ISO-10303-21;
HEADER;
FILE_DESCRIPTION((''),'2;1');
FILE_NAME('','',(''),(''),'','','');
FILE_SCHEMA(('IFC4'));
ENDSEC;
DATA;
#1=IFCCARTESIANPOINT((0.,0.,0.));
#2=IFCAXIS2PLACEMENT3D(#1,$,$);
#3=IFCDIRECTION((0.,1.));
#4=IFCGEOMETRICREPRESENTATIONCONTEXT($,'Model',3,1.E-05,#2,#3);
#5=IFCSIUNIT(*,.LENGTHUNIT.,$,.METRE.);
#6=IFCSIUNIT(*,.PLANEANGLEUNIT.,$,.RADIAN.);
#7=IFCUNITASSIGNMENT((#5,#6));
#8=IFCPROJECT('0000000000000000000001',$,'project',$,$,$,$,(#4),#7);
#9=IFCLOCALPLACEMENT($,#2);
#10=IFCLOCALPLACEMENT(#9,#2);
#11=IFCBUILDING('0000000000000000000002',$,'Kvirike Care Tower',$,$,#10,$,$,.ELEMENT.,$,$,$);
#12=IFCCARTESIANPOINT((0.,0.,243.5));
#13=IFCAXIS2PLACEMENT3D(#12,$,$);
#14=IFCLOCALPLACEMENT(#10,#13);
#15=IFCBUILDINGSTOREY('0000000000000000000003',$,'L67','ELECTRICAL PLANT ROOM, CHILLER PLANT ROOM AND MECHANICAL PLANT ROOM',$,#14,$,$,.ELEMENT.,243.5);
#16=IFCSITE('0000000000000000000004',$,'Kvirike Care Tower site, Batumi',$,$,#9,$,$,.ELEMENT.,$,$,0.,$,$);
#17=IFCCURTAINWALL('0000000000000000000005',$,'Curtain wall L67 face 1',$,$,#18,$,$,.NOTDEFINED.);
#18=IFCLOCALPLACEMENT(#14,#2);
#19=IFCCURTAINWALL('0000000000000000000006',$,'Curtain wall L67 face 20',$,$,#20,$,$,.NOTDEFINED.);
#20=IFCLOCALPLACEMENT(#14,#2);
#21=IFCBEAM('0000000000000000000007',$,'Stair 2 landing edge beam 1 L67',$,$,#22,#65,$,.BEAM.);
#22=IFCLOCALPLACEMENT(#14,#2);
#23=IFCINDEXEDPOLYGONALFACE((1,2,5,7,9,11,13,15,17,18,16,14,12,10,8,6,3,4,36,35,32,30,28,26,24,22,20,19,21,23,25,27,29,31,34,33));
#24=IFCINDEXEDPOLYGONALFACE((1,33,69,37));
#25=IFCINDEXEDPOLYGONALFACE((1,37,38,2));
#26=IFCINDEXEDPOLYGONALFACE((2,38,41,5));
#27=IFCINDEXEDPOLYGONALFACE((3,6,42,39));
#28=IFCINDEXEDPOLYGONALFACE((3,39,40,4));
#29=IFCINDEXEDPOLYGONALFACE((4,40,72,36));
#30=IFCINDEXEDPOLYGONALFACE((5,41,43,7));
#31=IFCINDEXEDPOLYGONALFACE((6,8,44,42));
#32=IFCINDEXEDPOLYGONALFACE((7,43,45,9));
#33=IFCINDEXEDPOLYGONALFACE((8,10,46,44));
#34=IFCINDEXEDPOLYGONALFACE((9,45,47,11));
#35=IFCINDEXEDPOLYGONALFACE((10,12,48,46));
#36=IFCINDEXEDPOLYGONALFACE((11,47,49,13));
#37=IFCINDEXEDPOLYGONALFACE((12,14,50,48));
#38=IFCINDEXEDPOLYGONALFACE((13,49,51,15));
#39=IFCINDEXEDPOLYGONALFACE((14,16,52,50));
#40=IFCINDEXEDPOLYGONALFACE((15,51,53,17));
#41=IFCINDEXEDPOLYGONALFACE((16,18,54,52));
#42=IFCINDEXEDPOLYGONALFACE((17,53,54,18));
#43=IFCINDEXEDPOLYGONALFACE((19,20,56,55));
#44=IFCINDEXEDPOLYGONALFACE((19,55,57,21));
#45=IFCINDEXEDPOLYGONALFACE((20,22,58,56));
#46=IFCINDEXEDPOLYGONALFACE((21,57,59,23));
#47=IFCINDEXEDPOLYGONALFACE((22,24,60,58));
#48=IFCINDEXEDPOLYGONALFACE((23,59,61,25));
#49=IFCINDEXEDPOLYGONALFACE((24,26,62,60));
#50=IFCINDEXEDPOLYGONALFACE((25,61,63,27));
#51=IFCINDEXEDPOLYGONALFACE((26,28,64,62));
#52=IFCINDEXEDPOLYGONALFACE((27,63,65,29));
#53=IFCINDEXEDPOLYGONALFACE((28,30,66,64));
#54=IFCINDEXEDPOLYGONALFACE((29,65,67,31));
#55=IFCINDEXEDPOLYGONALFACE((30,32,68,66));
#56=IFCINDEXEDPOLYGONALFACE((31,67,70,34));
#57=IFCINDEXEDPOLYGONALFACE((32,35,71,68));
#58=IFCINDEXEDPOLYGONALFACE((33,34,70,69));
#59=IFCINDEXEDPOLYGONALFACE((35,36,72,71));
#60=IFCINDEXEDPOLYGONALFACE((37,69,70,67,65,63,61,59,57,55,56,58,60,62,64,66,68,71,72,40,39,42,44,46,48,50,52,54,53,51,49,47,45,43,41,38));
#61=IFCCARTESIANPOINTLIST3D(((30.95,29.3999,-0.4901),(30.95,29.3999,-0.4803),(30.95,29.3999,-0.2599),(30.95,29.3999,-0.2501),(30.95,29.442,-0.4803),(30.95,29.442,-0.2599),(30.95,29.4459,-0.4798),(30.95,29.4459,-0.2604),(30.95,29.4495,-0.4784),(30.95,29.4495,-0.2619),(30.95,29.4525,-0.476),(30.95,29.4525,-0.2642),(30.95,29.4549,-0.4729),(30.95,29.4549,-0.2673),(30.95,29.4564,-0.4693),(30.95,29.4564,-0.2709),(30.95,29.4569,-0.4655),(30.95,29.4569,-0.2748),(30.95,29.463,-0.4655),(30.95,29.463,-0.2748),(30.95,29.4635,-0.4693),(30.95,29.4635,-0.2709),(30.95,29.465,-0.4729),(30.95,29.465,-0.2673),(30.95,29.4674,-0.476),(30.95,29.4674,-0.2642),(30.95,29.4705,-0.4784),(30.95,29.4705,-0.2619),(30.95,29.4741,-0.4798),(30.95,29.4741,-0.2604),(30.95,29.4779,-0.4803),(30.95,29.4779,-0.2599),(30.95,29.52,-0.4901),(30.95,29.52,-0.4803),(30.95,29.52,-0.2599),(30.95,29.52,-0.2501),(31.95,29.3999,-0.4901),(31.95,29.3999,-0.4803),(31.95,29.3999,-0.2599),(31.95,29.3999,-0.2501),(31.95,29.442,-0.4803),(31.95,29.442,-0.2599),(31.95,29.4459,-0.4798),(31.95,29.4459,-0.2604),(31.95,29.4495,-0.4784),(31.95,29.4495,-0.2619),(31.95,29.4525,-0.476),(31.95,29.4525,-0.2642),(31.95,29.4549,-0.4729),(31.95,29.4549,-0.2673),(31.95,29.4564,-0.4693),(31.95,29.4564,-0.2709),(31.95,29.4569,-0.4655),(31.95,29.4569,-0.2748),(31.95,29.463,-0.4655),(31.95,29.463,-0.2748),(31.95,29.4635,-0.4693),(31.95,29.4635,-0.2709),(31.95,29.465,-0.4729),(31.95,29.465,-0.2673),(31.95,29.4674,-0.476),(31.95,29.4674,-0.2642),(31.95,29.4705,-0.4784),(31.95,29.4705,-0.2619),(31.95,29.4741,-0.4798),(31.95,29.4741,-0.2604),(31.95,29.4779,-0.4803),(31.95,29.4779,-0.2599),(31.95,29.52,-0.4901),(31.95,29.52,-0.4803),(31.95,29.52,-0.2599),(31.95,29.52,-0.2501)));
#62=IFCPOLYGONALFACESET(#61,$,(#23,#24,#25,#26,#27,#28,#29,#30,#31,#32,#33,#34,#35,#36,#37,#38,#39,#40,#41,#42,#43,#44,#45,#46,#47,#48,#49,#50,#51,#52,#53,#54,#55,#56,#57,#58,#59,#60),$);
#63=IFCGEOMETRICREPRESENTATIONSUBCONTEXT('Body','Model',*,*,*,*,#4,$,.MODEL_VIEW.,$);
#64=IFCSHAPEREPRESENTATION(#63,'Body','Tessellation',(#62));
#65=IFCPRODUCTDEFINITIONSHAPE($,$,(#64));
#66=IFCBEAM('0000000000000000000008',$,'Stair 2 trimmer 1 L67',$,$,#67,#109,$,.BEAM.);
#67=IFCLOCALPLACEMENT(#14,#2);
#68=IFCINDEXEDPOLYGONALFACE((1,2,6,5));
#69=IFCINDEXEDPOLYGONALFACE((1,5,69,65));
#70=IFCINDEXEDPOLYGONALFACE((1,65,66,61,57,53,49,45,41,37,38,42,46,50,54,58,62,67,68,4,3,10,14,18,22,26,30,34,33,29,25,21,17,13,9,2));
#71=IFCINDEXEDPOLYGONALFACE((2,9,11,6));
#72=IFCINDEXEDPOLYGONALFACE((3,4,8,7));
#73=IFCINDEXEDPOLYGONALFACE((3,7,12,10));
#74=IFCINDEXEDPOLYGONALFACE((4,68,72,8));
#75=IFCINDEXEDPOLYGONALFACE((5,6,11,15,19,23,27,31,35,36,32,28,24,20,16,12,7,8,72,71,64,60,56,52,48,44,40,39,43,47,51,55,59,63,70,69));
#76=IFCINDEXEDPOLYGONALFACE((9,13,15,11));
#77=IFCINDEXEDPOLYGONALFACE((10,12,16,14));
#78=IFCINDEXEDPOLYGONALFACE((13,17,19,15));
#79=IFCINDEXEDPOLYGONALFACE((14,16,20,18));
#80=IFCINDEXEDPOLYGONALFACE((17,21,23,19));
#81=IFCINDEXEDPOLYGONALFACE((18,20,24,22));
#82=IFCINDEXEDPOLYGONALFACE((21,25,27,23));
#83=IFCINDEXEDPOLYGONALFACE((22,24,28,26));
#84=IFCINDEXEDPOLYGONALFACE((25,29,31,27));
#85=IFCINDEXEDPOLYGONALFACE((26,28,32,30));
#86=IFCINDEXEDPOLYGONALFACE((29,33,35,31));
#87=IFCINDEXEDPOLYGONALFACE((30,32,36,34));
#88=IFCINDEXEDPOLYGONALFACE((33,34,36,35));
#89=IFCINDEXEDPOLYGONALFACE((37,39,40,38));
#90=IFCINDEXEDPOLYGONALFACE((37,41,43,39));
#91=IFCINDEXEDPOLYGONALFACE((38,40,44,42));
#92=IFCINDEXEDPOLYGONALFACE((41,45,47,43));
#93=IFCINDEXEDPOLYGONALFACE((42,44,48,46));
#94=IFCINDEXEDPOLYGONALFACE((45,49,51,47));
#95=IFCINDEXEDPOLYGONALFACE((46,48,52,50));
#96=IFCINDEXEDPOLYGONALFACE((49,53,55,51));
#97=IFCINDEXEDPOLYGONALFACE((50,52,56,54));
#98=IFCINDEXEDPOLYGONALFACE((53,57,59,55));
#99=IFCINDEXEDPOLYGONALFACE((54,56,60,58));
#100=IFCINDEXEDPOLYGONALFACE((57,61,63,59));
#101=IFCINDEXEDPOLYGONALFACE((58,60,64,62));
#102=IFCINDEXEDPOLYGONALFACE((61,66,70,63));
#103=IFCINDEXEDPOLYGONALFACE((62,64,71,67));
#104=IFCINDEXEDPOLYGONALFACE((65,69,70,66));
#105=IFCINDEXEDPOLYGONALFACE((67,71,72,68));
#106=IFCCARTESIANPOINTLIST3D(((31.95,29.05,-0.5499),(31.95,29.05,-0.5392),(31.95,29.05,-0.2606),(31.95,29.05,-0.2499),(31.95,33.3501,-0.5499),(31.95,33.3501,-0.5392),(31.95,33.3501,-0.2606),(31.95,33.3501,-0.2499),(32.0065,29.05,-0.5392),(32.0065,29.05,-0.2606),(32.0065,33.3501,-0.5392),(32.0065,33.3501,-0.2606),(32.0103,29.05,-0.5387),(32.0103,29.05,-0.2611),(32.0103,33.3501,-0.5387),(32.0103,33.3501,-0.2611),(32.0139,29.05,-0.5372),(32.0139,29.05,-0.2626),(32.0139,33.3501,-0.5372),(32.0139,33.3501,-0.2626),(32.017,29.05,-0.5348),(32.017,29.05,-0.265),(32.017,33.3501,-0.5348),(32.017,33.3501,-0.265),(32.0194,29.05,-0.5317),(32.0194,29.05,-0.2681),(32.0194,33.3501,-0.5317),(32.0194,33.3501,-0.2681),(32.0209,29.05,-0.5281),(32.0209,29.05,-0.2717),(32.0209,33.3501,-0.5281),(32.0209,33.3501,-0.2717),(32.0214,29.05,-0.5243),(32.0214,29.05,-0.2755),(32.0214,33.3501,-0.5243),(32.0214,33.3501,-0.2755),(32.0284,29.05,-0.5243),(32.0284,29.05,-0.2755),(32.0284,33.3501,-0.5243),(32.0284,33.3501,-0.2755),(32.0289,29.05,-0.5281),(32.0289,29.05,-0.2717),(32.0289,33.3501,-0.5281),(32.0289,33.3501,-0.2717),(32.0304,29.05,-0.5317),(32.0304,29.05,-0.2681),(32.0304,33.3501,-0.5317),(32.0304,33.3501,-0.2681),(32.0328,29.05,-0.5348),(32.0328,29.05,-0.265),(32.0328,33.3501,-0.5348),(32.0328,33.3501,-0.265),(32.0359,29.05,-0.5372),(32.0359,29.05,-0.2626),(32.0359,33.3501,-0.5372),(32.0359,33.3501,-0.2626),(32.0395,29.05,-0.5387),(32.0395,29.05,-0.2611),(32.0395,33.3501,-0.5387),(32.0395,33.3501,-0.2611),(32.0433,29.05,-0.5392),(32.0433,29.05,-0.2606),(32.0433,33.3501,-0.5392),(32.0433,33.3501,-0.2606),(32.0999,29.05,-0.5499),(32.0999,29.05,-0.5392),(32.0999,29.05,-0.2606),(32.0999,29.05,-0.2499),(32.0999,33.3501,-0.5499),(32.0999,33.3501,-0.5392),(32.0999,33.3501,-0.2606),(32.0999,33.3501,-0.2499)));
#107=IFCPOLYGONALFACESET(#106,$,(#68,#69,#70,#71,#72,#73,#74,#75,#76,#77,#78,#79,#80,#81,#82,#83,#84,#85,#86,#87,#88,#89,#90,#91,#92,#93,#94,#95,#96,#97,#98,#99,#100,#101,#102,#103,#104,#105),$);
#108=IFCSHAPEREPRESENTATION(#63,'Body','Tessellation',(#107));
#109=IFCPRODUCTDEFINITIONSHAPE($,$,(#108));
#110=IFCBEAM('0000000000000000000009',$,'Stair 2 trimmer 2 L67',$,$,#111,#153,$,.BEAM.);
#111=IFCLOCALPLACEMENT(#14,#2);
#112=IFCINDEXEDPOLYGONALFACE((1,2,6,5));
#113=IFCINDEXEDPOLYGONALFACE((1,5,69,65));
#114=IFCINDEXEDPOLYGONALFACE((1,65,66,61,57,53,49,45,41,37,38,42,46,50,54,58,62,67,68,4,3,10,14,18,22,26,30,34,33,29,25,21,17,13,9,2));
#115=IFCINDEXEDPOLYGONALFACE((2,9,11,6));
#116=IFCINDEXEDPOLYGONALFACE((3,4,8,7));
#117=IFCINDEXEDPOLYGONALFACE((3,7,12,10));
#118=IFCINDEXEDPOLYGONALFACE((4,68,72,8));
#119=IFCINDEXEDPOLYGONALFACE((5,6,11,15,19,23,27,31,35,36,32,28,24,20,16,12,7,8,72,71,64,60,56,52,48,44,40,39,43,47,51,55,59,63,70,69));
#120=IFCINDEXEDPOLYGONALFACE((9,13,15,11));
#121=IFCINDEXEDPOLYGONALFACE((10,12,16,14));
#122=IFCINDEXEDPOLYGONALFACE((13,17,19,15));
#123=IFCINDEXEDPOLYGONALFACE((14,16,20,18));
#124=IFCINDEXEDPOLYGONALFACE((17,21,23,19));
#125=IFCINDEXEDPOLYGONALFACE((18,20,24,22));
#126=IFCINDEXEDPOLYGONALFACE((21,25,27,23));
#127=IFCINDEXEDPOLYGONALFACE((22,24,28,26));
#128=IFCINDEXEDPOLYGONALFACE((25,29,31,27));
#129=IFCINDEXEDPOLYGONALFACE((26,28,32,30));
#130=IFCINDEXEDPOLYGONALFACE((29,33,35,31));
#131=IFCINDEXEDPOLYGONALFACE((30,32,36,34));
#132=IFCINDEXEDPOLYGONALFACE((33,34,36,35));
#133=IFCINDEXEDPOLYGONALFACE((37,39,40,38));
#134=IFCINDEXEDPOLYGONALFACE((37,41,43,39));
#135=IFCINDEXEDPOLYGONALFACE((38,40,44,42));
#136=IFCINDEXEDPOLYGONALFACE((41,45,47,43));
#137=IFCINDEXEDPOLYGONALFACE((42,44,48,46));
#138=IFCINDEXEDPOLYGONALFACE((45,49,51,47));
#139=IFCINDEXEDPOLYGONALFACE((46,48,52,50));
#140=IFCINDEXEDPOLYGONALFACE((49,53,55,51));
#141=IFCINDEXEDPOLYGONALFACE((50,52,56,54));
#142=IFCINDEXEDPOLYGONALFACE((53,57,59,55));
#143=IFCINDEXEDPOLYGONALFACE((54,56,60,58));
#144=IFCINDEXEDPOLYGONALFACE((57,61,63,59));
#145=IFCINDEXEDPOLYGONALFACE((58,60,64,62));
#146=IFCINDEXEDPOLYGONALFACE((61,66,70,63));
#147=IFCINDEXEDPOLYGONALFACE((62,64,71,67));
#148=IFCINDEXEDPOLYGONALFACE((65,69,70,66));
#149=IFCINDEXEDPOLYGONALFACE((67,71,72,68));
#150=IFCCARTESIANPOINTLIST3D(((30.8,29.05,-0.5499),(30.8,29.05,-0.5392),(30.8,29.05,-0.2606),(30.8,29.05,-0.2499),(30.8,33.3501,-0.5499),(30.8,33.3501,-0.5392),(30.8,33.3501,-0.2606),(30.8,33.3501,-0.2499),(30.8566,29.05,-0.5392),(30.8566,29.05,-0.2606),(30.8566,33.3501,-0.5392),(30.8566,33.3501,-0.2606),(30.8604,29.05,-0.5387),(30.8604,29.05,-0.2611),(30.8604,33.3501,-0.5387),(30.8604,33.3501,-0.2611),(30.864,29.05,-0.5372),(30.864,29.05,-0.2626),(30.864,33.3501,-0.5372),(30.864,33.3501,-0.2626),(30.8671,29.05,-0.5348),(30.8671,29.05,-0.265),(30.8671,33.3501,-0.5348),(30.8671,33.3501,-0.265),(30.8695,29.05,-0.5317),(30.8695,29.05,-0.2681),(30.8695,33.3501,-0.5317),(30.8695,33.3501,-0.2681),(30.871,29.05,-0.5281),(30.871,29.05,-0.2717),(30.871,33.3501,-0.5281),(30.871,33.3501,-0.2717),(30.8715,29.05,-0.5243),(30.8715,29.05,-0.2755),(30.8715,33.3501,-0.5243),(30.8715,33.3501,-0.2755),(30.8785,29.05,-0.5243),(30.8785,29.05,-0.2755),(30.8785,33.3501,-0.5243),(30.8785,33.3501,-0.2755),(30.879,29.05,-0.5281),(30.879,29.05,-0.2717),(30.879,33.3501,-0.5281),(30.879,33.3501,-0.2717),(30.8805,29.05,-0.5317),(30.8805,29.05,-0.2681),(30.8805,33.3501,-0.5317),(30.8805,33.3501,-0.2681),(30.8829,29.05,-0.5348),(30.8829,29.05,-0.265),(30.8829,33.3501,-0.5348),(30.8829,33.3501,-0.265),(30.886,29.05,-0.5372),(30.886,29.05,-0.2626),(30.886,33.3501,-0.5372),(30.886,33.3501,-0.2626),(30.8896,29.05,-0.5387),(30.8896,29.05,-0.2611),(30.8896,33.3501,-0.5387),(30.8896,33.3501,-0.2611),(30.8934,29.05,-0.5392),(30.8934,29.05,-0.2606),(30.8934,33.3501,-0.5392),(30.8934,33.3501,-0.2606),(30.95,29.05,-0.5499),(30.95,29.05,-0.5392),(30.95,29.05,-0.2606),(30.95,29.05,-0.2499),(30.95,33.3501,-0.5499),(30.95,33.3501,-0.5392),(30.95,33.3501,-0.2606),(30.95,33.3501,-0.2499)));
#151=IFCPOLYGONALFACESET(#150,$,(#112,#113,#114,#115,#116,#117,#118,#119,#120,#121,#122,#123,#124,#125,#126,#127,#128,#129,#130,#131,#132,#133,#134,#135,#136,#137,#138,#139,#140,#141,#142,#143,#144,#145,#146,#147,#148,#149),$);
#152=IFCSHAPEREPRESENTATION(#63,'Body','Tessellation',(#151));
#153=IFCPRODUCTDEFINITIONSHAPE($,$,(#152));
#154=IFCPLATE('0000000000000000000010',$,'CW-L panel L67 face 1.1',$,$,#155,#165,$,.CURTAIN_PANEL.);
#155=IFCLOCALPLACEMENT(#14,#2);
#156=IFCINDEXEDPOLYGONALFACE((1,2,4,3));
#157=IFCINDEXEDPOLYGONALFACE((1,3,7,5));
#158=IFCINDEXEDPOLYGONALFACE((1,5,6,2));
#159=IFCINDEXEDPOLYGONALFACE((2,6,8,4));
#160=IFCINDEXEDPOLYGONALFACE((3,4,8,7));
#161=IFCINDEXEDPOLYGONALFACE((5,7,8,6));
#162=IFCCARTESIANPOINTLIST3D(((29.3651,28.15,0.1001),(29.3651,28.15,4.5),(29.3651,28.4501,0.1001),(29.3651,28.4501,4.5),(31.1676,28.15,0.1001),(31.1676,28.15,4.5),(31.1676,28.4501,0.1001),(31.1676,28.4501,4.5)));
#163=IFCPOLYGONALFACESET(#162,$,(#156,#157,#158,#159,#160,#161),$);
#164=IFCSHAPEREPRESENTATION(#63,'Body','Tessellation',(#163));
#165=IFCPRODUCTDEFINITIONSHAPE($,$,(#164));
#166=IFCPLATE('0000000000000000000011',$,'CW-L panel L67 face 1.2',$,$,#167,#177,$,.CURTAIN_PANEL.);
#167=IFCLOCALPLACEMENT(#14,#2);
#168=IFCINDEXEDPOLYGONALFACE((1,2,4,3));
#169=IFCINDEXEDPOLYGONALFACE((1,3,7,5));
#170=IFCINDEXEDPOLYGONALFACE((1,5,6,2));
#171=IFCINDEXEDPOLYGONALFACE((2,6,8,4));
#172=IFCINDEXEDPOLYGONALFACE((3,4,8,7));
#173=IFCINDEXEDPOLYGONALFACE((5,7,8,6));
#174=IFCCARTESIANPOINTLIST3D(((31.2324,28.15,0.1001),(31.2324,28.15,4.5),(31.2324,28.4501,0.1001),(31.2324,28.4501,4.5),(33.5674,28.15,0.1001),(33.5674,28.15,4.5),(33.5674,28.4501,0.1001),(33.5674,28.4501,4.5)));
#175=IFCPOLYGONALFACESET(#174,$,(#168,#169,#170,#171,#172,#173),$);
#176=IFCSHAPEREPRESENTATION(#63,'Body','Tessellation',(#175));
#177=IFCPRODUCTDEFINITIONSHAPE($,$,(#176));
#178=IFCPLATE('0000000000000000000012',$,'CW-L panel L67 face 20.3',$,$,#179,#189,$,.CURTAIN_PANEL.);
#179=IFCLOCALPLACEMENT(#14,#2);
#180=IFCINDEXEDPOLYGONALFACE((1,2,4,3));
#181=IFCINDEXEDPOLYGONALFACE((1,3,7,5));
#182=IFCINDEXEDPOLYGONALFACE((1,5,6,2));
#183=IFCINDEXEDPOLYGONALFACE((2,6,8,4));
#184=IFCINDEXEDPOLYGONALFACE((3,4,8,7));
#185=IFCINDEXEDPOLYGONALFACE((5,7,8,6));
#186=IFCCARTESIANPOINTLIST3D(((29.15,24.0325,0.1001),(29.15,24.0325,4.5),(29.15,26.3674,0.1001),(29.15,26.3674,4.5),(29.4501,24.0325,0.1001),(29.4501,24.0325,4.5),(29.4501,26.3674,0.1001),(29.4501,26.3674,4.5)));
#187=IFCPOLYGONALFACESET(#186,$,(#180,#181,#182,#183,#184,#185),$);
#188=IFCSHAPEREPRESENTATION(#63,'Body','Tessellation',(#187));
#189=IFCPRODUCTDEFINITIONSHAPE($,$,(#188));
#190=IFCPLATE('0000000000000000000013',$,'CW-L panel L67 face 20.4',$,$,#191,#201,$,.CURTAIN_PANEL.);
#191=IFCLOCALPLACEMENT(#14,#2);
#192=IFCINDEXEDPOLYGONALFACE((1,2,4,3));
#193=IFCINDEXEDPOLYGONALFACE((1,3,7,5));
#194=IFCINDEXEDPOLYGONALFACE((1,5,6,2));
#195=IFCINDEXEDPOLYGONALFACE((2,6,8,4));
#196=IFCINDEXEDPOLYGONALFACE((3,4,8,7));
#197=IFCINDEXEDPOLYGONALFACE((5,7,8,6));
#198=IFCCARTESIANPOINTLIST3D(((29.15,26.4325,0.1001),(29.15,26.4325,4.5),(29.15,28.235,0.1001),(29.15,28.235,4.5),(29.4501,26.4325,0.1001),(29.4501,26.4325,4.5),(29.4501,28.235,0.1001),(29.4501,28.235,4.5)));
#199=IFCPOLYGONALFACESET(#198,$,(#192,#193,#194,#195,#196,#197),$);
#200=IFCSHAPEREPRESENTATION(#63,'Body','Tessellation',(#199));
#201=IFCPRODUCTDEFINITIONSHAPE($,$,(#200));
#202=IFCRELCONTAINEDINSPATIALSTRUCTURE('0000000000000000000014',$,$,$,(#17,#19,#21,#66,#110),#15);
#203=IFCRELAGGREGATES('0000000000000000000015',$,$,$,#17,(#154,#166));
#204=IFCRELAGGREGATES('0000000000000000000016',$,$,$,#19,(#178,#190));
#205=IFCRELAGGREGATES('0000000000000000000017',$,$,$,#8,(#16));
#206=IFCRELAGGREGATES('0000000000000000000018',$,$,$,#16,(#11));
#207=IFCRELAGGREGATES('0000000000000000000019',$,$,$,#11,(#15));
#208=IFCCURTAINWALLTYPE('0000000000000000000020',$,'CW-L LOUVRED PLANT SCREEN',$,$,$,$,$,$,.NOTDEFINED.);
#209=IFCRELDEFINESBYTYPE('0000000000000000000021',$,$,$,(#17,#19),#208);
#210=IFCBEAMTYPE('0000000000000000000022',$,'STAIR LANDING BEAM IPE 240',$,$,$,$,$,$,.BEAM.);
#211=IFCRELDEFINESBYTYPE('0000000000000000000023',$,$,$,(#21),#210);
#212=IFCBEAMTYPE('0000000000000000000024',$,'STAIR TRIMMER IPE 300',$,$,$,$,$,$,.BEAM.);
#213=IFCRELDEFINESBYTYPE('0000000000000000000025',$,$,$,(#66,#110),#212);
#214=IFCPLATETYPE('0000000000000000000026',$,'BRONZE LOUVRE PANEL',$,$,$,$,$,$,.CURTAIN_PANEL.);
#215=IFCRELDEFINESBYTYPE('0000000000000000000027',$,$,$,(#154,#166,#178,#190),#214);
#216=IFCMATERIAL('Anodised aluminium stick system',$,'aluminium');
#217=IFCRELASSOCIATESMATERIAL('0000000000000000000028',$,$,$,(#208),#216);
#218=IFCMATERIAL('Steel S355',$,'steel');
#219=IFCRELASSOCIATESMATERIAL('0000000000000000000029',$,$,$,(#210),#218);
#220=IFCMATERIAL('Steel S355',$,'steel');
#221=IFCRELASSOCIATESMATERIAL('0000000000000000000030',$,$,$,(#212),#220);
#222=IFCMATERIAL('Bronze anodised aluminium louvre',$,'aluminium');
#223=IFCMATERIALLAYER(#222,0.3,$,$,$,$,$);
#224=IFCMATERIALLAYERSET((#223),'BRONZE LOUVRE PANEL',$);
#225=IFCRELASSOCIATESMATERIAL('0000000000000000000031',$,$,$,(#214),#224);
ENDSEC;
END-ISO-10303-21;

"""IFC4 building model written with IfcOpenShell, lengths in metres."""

from ifc_helpers import new_model, si_unit, direction, frame, origin, origin_2d, place, context, subcontext, project, spatial, rectangle, i_section, extrude, material, layer, layer_set, material_profile, profile_set, type_object, element, aggregate, save


model = new_model("IFC4")

# Units and contexts
model_context = context("Model", 3, precision=1e-05, world=origin(), true_north=direction((0.0, 1.0)))
body_context = subcontext(model_context, "Body", "Model", "MODEL_VIEW")
ifc_project = project(units=[si_unit("LENGTHUNIT", "METRE"), si_unit("PLANEANGLEUNIT", "RADIAN")], contexts=[model_context])

# Site, building, storey
site_placement = place(None, origin())
site = spatial("IfcSite", under=ifc_project, at=site_placement, Name="Kvirike Care Tower site, Batumi", CompositionType="ELEMENT", RefElevation=0.0)
building_placement = place(site_placement, origin())
building = spatial("IfcBuilding", under=site, at=building_placement, Name="Kvirike Care Tower", CompositionType="ELEMENT")
storey_placement = place(building_placement, frame((0.0, 0.0, 243.5)))
storey = spatial("IfcBuildingStorey", under=building, at=storey_placement, Name="L67", Description="ELECTRICAL PLANT ROOM, CHILLER PLANT ROOM AND MECHANICAL PLANT ROOM", CompositionType="ELEMENT", Elevation=243.5)

# Curtain walls
ifc_material_1 = material(Name="Anodised aluminium stick system", Category="aluminium")
curtain_wall_type = type_object("IfcCurtainWallType", Name="CW-L LOUVRED PLANT SCREEN", PredefinedType="NOTDEFINED", material=ifc_material_1)
curtain_wall_1_placement = place(storey_placement, origin())
curtain_wall_1 = element("IfcCurtainWall", 1, at=curtain_wall_1_placement, inside=storey, type_object=curtain_wall_type, Name="Curtain wall L67 face 1", PredefinedType="NOTDEFINED")
curtain_wall_2_placement = place(storey_placement, origin())
curtain_wall_2 = element("IfcCurtainWall", 2, at=curtain_wall_2_placement, inside=storey, type_object=curtain_wall_type, Name="Curtain wall L67 face 20", PredefinedType="NOTDEFINED")

# Beams
ifc_material_2 = material(Name="Steel S355", Category="steel")
ifc_material_profile_1 = material_profile(ifc_material_2, i_section(OverallWidth=0.1201, OverallDepth=0.24, WebThickness=0.0061, FlangeThickness=0.0098, FilletRadius=0.0149, at=origin_2d()), Name="IPE 240")
ifc_profile_set_1 = profile_set([ifc_material_profile_1], Name="Steel S355")
beam_type_1 = type_object("IfcBeamType", Name="STAIR LANDING BEAM IPE 240", PredefinedType="BEAM", material=ifc_profile_set_1)
beam_placement = place(storey_placement, frame((31.95, 29.46, -0.3701), z_axis=(-1.0, 0.0, 0.0), x_axis=(0.0, -1.0, 0.0)))
element("IfcBeam", 3, at=beam_placement, inside=storey, type_object=beam_type_1, Name="Stair 2 landing edge beam 1 L67", PredefinedType="BEAM", context=body_context, shape_type="SweptSolid", body=[
    extrude(i_section(OverallWidth=0.1201, OverallDepth=0.24, WebThickness=0.0061, FlangeThickness=0.0098, FilletRadius=0.0149, at=origin_2d()), origin(), (0.0, 0.0, 1.0), 1.0),
])
ifc_material_3 = material(Name="Steel S355", Category="steel")
ifc_material_profile_2 = material_profile(ifc_material_3, i_section(OverallWidth=0.1499, OverallDepth=0.3, WebThickness=0.0071, FlangeThickness=0.0107, FilletRadius=0.0149, at=origin_2d()), Name="IPE 300")
ifc_profile_set_2 = profile_set([ifc_material_profile_2], Name="Steel S355")
beam_type_2 = type_object("IfcBeamType", Name="STAIR TRIMMER IPE 300", PredefinedType="BEAM", material=ifc_profile_set_2)
for number, where, z_axis, x_axis, name in (
    (4, (32.0249, 29.05, -0.3999), (0.0, 1.0, 0.0), (-1.0, 0.0, 0.0), "Stair 2 trimmer 1 L67"),
    (5, (30.875, 29.05, -0.3999), (0.0, 1.0, 0.0), (-1.0, 0.0, 0.0), "Stair 2 trimmer 2 L67"),
):
    element("IfcBeam", number, at=place(storey_placement, frame(where, z_axis=z_axis, x_axis=x_axis)), inside=storey, type_object=beam_type_2, Name=name, PredefinedType="BEAM", context=body_context, shape_type="SweptSolid", body=[
        extrude(i_section(OverallWidth=0.1499, OverallDepth=0.3, WebThickness=0.0071, FlangeThickness=0.0107, FilletRadius=0.0149, at=origin_2d()), origin(), (0.0, 0.0, 1.0), 4.3),
    ])

# Plates
ifc_material_4 = material(Name="Bronze anodised aluminium louvre", Category="aluminium")
ifc_layer_1 = layer(ifc_material_4, 0.3)
ifc_layer_set_1 = layer_set([ifc_layer_1], Name="BRONZE LOUVRE PANEL")
plate_type = type_object("IfcPlateType", Name="BRONZE LOUVRE PANEL", PredefinedType="CURTAIN_PANEL", material=ifc_layer_set_1)
plate_1_placement = place(storey_placement, frame((30.2664, 28.3, 0.1001), z_axis=(0.0, 0.0, 1.0), x_axis=(1.0, 0.0, 0.0)))
plate_1 = element("IfcPlate", 6, at=plate_1_placement, type_object=plate_type, Name="CW-L panel L67 face 1.1", PredefinedType="CURTAIN_PANEL", context=body_context, shape_type="SweptSolid", body=[
    extrude(rectangle(XDim=1.8025, YDim=0.3, at=origin_2d()), origin(), (0.0, 0.0, 1.0), 4.3999),
])
plate_2_placement = place(storey_placement, frame((32.3999, 28.3, 0.1001), z_axis=(0.0, 0.0, 1.0), x_axis=(1.0, 0.0, 0.0)))
plate_2 = element("IfcPlate", 7, at=plate_2_placement, type_object=plate_type, Name="CW-L panel L67 face 1.2", PredefinedType="CURTAIN_PANEL", context=body_context, shape_type="SweptSolid", body=[
    extrude(rectangle(XDim=2.335, YDim=0.3, at=origin_2d()), origin(), (0.0, 0.0, 1.0), 4.3999),
])
aggregate(curtain_wall_1, [plate_1, plate_2])
plate_3_placement = place(storey_placement, frame((29.3, 25.2, 0.1001), z_axis=(0.0, 0.0, 1.0), x_axis=(0.0, 1.0, 0.0)))
plate_3 = element("IfcPlate", 8, at=plate_3_placement, type_object=plate_type, Name="CW-L panel L67 face 20.3", PredefinedType="CURTAIN_PANEL", context=body_context, shape_type="SweptSolid", body=[
    extrude(rectangle(XDim=2.335, YDim=0.3, at=origin_2d()), origin(), (0.0, 0.0, 1.0), 4.3999),
])
plate_4_placement = place(storey_placement, frame((29.3, 27.3337, 0.1001), z_axis=(0.0, 0.0, 1.0), x_axis=(0.0, 1.0, 0.0)))
plate_4 = element("IfcPlate", 9, at=plate_4_placement, type_object=plate_type, Name="CW-L panel L67 face 20.4", PredefinedType="CURTAIN_PANEL", context=body_context, shape_type="SweptSolid", body=[
    extrude(rectangle(XDim=1.8025, YDim=0.3, at=origin_2d()), origin(), (0.0, 0.0, 1.0), 4.3999),
])
aggregate(curtain_wall_2, [plate_3, plate_4])

save(model, "model.ifc")
